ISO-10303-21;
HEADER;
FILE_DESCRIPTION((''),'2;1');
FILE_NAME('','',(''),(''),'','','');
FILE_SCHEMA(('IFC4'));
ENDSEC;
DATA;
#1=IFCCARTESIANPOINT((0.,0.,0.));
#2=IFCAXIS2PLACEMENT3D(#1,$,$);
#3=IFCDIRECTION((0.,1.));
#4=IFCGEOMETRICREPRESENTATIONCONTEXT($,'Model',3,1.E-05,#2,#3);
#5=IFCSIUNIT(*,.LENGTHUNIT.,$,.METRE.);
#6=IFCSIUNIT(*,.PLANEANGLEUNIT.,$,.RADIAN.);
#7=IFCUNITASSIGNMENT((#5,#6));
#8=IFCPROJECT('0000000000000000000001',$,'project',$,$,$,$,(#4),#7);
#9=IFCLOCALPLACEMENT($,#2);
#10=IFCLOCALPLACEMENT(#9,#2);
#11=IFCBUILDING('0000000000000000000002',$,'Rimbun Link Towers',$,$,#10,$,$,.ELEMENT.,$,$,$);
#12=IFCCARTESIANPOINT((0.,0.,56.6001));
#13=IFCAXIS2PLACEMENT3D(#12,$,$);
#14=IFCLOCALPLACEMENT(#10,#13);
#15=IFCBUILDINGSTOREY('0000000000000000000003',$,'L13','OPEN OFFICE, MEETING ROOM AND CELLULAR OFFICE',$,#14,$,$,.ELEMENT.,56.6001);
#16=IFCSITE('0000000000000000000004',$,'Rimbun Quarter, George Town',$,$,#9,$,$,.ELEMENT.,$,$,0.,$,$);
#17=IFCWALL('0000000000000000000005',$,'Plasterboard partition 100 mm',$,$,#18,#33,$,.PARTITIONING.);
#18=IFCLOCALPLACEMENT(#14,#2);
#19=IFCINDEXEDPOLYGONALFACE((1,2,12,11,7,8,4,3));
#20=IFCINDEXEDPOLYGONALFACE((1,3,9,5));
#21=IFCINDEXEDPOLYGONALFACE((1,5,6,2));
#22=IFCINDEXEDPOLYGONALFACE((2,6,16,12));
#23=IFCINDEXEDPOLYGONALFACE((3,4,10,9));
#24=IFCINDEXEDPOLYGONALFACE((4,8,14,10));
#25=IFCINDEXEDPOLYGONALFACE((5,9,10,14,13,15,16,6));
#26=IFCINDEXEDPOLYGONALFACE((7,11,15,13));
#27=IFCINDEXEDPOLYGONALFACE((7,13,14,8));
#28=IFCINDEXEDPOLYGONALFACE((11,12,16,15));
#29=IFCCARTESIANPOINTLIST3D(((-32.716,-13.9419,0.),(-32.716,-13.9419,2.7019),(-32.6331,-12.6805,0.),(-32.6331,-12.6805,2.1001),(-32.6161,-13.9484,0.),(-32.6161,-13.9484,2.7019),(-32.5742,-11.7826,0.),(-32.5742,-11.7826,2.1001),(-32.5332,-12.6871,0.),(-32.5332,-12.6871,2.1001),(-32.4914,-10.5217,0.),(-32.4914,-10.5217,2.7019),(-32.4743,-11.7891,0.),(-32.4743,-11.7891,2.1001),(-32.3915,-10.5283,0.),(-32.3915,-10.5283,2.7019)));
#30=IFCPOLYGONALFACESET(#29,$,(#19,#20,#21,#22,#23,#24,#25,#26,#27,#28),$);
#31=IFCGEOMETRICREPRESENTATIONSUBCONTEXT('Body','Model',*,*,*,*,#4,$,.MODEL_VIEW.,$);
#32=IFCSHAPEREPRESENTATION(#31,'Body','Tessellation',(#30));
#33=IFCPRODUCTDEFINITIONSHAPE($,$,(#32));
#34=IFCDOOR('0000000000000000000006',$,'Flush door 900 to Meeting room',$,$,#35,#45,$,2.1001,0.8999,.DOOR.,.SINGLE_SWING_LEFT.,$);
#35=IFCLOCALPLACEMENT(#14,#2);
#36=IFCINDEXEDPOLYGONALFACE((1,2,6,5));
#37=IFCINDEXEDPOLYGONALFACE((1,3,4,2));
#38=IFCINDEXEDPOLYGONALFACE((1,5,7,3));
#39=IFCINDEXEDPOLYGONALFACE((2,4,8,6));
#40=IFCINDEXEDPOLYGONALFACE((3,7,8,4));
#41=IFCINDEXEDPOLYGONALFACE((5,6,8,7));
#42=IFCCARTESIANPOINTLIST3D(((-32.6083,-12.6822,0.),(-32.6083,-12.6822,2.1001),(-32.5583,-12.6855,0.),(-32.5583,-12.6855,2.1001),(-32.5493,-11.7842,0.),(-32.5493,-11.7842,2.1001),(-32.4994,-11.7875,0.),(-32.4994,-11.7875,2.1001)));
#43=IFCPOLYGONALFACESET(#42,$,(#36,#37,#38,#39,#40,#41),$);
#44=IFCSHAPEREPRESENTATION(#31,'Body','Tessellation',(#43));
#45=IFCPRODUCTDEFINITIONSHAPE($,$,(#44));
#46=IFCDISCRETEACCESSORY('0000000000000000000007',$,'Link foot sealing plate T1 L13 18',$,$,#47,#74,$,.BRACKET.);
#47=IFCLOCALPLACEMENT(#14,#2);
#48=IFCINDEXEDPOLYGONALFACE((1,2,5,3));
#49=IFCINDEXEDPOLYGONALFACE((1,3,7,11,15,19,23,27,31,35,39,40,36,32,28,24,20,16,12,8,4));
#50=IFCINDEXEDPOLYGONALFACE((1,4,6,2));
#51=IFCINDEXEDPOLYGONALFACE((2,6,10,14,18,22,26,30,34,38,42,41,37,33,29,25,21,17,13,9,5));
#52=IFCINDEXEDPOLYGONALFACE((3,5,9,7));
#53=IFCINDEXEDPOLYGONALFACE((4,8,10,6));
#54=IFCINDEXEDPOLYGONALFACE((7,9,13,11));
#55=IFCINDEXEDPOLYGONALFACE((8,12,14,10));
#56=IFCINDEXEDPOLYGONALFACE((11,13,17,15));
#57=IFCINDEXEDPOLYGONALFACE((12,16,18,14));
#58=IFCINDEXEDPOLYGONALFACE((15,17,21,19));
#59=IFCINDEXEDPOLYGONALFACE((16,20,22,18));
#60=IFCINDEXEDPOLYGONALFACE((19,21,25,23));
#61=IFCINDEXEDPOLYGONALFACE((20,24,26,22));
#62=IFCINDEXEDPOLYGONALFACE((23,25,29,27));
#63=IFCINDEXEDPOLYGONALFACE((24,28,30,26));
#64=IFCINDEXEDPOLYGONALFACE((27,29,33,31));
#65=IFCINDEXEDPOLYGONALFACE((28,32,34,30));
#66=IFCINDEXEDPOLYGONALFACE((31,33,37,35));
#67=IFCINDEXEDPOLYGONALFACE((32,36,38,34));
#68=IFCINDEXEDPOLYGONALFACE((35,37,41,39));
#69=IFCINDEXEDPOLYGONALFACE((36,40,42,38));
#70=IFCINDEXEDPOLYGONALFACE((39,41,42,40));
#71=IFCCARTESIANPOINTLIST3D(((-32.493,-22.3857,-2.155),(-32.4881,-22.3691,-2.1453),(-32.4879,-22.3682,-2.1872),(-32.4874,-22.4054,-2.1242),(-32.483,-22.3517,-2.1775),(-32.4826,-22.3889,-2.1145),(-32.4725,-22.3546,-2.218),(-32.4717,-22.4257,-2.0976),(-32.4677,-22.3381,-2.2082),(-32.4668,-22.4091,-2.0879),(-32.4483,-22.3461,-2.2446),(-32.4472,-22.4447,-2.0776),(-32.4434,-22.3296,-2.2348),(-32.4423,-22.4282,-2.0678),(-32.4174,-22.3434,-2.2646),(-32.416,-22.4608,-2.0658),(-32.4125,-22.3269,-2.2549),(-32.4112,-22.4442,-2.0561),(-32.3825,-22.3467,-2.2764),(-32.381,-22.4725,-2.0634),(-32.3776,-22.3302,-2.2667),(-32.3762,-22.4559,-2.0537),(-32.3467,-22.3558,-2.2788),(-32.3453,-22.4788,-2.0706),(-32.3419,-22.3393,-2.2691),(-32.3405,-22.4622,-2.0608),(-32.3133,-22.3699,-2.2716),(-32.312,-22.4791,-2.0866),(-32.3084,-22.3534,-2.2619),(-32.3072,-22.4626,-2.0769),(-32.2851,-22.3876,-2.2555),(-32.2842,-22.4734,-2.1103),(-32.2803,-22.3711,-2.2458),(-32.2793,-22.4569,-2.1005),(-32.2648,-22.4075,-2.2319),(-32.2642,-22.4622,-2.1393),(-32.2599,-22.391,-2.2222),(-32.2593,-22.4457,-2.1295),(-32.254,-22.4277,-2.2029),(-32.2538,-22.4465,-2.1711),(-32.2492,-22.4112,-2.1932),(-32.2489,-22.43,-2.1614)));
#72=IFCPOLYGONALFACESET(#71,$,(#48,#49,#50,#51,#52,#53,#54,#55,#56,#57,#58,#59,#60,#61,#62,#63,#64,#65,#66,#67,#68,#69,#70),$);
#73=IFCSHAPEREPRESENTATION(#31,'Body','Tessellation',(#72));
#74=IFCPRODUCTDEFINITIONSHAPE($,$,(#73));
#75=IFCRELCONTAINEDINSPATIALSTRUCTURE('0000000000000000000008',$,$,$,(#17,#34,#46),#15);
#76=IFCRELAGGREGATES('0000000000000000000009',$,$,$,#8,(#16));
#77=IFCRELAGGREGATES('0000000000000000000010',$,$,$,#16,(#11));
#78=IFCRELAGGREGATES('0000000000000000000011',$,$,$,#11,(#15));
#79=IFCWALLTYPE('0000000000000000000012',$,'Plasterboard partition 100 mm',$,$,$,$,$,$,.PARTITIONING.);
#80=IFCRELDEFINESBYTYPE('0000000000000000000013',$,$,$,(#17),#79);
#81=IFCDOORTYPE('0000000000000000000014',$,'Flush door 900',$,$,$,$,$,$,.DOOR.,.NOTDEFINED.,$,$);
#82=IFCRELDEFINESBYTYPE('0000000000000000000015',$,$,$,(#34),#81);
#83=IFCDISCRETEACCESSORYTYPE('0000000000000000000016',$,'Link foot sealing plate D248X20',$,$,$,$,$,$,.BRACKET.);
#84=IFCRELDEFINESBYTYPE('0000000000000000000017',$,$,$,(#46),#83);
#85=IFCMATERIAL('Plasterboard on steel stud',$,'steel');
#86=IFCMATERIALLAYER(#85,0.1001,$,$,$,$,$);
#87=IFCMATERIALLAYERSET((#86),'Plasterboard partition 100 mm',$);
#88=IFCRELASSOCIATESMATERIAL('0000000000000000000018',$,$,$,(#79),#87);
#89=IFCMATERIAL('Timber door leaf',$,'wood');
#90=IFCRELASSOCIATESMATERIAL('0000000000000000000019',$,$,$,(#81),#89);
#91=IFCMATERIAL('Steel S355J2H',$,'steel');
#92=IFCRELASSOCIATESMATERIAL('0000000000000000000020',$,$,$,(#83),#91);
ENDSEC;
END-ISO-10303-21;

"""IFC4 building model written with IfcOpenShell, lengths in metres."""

from ifc_helpers import new_model, si_unit, direction, frame, frame_2d, origin, origin_2d, place, context, subcontext, project, spatial, rectangle, circle, extrude, material, layer, layer_set, material_profile, profile_set, type_object, element, fill, save


model = new_model("IFC4")

# Units and contexts
model_context = context("Model", 3, precision=1e-05, world=origin(), true_north=direction((0.0, 1.0)))
body_context = subcontext(model_context, "Body", "Model", "MODEL_VIEW")
ifc_project = project(units=[si_unit("LENGTHUNIT", "METRE"), si_unit("PLANEANGLEUNIT", "RADIAN")], contexts=[model_context])

# Site, building, storey
site_placement = place(None, origin())
site = spatial("IfcSite", under=ifc_project, at=site_placement, Name="Rimbun Quarter, George Town", CompositionType="ELEMENT", RefElevation=0.0)
building_placement = place(site_placement, origin())
building = spatial("IfcBuilding", under=site, at=building_placement, Name="Rimbun Link Towers", CompositionType="ELEMENT")
storey_placement = place(building_placement, frame((0.0, 0.0, 56.6001)))
storey = spatial("IfcBuildingStorey", under=building, at=storey_placement, Name="L13", Description="OPEN OFFICE, MEETING ROOM AND CELLULAR OFFICE", CompositionType="ELEMENT", Elevation=56.6001)

# Wall, opening, door
ifc_material_1 = material(Name="Plasterboard on steel stud", Category="steel")
ifc_layer_1 = layer(ifc_material_1, 0.1001)
ifc_layer_set_1 = layer_set([ifc_layer_1], Name="Plasterboard partition 100 mm")
wall_type = type_object("IfcWallType", Name="Plasterboard partition 100 mm", PredefinedType="PARTITIONING", material=ifc_layer_set_1)
wall_placement = place(storey_placement, frame((-32.4414, -10.5249, 0.0), z_axis=(0.0, 0.0, 1.0), x_axis=(-0.065531, -0.997851, 0.0)))
wall = element("IfcWall", 1, at=wall_placement, inside=storey, type_object=wall_type, Name="Plasterboard partition 100 mm", PredefinedType="PARTITIONING", context=body_context, shape_type="SweptSolid", body=[
    extrude(rectangle(XDim=3.4275, YDim=0.1001, at=frame_2d((1.7139, 0.0))), origin(), (0.0, 0.0, 1.0), 2.7019),
])
opening_placement = place(wall_placement, frame((1.2637, 0.0, 0.0)))
opening = element("IfcOpeningElement", 2, at=opening_placement, cuts=wall, PredefinedType="OPENING", context=body_context, shape_type="SweptSolid", body=[
    extrude(rectangle(XDim=0.8999, YDim=2.1001, at=frame_2d((0.45, 1.05))), frame((0.0, 0.0601, 0.0), z_axis=(0.0, -1.0, 0.0), x_axis=(1.0, 0.0, 0.0)), (0.0, 0.0, 1.0), 0.1201),
])
ifc_material_2 = material(Name="Timber door leaf", Category="wood")
door_type = type_object("IfcDoorType", Name="Flush door 900", OperationType="NOTDEFINED", PredefinedType="DOOR", material=ifc_material_2)
door_placement = place(opening_placement, origin())
door = element("IfcDoor", 3, at=door_placement, inside=storey, type_object=door_type, Name="Flush door 900 to Meeting room", OperationType="SINGLE_SWING_LEFT", OverallHeight=2.1001, OverallWidth=0.8999, PredefinedType="DOOR", context=body_context, shape_type="SweptSolid", body=[
    extrude(rectangle(XDim=0.8999, YDim=2.1001, at=frame_2d((0.45, 1.05))), frame((0.0, 0.0249, 0.0), z_axis=(0.0, -1.0, 0.0), x_axis=(1.0, 0.0, 0.0)), (0.0, 0.0, 1.0), 0.05),
])
fill(opening, door)

# Discrete accessory
ifc_material_3 = material(Name="Steel S355J2H", Category="steel")
ifc_material_profile_1 = material_profile(ifc_material_3, circle(Radius=0.124, at=origin_2d()), Name="PL D248")
ifc_profile_set_1 = profile_set([ifc_material_profile_1], Name="Steel S355J2H")
discrete_accessory_type = type_object("IfcDiscreteAccessoryType", Name="Link foot sealing plate D248X20", PredefinedType="BRACKET", material=ifc_profile_set_1)
discrete_accessory_placement = place(storey_placement, frame((-32.3679, -22.395, -2.1614), z_axis=(-0.245737, -0.835504, -0.491473), x_axis=(0.959366, -0.282166, 0.0)))
element("IfcDiscreteAccessory", 4, at=discrete_accessory_placement, inside=storey, type_object=discrete_accessory_type, Name="Link foot sealing plate T1 L13 18", PredefinedType="BRACKET", context=body_context, shape_type="SweptSolid", body=[
    extrude(circle(Radius=0.124, at=origin_2d()), origin(), (0.0, 0.0, 1.0), 0.0198),
])

save(model, "model.ifc")
